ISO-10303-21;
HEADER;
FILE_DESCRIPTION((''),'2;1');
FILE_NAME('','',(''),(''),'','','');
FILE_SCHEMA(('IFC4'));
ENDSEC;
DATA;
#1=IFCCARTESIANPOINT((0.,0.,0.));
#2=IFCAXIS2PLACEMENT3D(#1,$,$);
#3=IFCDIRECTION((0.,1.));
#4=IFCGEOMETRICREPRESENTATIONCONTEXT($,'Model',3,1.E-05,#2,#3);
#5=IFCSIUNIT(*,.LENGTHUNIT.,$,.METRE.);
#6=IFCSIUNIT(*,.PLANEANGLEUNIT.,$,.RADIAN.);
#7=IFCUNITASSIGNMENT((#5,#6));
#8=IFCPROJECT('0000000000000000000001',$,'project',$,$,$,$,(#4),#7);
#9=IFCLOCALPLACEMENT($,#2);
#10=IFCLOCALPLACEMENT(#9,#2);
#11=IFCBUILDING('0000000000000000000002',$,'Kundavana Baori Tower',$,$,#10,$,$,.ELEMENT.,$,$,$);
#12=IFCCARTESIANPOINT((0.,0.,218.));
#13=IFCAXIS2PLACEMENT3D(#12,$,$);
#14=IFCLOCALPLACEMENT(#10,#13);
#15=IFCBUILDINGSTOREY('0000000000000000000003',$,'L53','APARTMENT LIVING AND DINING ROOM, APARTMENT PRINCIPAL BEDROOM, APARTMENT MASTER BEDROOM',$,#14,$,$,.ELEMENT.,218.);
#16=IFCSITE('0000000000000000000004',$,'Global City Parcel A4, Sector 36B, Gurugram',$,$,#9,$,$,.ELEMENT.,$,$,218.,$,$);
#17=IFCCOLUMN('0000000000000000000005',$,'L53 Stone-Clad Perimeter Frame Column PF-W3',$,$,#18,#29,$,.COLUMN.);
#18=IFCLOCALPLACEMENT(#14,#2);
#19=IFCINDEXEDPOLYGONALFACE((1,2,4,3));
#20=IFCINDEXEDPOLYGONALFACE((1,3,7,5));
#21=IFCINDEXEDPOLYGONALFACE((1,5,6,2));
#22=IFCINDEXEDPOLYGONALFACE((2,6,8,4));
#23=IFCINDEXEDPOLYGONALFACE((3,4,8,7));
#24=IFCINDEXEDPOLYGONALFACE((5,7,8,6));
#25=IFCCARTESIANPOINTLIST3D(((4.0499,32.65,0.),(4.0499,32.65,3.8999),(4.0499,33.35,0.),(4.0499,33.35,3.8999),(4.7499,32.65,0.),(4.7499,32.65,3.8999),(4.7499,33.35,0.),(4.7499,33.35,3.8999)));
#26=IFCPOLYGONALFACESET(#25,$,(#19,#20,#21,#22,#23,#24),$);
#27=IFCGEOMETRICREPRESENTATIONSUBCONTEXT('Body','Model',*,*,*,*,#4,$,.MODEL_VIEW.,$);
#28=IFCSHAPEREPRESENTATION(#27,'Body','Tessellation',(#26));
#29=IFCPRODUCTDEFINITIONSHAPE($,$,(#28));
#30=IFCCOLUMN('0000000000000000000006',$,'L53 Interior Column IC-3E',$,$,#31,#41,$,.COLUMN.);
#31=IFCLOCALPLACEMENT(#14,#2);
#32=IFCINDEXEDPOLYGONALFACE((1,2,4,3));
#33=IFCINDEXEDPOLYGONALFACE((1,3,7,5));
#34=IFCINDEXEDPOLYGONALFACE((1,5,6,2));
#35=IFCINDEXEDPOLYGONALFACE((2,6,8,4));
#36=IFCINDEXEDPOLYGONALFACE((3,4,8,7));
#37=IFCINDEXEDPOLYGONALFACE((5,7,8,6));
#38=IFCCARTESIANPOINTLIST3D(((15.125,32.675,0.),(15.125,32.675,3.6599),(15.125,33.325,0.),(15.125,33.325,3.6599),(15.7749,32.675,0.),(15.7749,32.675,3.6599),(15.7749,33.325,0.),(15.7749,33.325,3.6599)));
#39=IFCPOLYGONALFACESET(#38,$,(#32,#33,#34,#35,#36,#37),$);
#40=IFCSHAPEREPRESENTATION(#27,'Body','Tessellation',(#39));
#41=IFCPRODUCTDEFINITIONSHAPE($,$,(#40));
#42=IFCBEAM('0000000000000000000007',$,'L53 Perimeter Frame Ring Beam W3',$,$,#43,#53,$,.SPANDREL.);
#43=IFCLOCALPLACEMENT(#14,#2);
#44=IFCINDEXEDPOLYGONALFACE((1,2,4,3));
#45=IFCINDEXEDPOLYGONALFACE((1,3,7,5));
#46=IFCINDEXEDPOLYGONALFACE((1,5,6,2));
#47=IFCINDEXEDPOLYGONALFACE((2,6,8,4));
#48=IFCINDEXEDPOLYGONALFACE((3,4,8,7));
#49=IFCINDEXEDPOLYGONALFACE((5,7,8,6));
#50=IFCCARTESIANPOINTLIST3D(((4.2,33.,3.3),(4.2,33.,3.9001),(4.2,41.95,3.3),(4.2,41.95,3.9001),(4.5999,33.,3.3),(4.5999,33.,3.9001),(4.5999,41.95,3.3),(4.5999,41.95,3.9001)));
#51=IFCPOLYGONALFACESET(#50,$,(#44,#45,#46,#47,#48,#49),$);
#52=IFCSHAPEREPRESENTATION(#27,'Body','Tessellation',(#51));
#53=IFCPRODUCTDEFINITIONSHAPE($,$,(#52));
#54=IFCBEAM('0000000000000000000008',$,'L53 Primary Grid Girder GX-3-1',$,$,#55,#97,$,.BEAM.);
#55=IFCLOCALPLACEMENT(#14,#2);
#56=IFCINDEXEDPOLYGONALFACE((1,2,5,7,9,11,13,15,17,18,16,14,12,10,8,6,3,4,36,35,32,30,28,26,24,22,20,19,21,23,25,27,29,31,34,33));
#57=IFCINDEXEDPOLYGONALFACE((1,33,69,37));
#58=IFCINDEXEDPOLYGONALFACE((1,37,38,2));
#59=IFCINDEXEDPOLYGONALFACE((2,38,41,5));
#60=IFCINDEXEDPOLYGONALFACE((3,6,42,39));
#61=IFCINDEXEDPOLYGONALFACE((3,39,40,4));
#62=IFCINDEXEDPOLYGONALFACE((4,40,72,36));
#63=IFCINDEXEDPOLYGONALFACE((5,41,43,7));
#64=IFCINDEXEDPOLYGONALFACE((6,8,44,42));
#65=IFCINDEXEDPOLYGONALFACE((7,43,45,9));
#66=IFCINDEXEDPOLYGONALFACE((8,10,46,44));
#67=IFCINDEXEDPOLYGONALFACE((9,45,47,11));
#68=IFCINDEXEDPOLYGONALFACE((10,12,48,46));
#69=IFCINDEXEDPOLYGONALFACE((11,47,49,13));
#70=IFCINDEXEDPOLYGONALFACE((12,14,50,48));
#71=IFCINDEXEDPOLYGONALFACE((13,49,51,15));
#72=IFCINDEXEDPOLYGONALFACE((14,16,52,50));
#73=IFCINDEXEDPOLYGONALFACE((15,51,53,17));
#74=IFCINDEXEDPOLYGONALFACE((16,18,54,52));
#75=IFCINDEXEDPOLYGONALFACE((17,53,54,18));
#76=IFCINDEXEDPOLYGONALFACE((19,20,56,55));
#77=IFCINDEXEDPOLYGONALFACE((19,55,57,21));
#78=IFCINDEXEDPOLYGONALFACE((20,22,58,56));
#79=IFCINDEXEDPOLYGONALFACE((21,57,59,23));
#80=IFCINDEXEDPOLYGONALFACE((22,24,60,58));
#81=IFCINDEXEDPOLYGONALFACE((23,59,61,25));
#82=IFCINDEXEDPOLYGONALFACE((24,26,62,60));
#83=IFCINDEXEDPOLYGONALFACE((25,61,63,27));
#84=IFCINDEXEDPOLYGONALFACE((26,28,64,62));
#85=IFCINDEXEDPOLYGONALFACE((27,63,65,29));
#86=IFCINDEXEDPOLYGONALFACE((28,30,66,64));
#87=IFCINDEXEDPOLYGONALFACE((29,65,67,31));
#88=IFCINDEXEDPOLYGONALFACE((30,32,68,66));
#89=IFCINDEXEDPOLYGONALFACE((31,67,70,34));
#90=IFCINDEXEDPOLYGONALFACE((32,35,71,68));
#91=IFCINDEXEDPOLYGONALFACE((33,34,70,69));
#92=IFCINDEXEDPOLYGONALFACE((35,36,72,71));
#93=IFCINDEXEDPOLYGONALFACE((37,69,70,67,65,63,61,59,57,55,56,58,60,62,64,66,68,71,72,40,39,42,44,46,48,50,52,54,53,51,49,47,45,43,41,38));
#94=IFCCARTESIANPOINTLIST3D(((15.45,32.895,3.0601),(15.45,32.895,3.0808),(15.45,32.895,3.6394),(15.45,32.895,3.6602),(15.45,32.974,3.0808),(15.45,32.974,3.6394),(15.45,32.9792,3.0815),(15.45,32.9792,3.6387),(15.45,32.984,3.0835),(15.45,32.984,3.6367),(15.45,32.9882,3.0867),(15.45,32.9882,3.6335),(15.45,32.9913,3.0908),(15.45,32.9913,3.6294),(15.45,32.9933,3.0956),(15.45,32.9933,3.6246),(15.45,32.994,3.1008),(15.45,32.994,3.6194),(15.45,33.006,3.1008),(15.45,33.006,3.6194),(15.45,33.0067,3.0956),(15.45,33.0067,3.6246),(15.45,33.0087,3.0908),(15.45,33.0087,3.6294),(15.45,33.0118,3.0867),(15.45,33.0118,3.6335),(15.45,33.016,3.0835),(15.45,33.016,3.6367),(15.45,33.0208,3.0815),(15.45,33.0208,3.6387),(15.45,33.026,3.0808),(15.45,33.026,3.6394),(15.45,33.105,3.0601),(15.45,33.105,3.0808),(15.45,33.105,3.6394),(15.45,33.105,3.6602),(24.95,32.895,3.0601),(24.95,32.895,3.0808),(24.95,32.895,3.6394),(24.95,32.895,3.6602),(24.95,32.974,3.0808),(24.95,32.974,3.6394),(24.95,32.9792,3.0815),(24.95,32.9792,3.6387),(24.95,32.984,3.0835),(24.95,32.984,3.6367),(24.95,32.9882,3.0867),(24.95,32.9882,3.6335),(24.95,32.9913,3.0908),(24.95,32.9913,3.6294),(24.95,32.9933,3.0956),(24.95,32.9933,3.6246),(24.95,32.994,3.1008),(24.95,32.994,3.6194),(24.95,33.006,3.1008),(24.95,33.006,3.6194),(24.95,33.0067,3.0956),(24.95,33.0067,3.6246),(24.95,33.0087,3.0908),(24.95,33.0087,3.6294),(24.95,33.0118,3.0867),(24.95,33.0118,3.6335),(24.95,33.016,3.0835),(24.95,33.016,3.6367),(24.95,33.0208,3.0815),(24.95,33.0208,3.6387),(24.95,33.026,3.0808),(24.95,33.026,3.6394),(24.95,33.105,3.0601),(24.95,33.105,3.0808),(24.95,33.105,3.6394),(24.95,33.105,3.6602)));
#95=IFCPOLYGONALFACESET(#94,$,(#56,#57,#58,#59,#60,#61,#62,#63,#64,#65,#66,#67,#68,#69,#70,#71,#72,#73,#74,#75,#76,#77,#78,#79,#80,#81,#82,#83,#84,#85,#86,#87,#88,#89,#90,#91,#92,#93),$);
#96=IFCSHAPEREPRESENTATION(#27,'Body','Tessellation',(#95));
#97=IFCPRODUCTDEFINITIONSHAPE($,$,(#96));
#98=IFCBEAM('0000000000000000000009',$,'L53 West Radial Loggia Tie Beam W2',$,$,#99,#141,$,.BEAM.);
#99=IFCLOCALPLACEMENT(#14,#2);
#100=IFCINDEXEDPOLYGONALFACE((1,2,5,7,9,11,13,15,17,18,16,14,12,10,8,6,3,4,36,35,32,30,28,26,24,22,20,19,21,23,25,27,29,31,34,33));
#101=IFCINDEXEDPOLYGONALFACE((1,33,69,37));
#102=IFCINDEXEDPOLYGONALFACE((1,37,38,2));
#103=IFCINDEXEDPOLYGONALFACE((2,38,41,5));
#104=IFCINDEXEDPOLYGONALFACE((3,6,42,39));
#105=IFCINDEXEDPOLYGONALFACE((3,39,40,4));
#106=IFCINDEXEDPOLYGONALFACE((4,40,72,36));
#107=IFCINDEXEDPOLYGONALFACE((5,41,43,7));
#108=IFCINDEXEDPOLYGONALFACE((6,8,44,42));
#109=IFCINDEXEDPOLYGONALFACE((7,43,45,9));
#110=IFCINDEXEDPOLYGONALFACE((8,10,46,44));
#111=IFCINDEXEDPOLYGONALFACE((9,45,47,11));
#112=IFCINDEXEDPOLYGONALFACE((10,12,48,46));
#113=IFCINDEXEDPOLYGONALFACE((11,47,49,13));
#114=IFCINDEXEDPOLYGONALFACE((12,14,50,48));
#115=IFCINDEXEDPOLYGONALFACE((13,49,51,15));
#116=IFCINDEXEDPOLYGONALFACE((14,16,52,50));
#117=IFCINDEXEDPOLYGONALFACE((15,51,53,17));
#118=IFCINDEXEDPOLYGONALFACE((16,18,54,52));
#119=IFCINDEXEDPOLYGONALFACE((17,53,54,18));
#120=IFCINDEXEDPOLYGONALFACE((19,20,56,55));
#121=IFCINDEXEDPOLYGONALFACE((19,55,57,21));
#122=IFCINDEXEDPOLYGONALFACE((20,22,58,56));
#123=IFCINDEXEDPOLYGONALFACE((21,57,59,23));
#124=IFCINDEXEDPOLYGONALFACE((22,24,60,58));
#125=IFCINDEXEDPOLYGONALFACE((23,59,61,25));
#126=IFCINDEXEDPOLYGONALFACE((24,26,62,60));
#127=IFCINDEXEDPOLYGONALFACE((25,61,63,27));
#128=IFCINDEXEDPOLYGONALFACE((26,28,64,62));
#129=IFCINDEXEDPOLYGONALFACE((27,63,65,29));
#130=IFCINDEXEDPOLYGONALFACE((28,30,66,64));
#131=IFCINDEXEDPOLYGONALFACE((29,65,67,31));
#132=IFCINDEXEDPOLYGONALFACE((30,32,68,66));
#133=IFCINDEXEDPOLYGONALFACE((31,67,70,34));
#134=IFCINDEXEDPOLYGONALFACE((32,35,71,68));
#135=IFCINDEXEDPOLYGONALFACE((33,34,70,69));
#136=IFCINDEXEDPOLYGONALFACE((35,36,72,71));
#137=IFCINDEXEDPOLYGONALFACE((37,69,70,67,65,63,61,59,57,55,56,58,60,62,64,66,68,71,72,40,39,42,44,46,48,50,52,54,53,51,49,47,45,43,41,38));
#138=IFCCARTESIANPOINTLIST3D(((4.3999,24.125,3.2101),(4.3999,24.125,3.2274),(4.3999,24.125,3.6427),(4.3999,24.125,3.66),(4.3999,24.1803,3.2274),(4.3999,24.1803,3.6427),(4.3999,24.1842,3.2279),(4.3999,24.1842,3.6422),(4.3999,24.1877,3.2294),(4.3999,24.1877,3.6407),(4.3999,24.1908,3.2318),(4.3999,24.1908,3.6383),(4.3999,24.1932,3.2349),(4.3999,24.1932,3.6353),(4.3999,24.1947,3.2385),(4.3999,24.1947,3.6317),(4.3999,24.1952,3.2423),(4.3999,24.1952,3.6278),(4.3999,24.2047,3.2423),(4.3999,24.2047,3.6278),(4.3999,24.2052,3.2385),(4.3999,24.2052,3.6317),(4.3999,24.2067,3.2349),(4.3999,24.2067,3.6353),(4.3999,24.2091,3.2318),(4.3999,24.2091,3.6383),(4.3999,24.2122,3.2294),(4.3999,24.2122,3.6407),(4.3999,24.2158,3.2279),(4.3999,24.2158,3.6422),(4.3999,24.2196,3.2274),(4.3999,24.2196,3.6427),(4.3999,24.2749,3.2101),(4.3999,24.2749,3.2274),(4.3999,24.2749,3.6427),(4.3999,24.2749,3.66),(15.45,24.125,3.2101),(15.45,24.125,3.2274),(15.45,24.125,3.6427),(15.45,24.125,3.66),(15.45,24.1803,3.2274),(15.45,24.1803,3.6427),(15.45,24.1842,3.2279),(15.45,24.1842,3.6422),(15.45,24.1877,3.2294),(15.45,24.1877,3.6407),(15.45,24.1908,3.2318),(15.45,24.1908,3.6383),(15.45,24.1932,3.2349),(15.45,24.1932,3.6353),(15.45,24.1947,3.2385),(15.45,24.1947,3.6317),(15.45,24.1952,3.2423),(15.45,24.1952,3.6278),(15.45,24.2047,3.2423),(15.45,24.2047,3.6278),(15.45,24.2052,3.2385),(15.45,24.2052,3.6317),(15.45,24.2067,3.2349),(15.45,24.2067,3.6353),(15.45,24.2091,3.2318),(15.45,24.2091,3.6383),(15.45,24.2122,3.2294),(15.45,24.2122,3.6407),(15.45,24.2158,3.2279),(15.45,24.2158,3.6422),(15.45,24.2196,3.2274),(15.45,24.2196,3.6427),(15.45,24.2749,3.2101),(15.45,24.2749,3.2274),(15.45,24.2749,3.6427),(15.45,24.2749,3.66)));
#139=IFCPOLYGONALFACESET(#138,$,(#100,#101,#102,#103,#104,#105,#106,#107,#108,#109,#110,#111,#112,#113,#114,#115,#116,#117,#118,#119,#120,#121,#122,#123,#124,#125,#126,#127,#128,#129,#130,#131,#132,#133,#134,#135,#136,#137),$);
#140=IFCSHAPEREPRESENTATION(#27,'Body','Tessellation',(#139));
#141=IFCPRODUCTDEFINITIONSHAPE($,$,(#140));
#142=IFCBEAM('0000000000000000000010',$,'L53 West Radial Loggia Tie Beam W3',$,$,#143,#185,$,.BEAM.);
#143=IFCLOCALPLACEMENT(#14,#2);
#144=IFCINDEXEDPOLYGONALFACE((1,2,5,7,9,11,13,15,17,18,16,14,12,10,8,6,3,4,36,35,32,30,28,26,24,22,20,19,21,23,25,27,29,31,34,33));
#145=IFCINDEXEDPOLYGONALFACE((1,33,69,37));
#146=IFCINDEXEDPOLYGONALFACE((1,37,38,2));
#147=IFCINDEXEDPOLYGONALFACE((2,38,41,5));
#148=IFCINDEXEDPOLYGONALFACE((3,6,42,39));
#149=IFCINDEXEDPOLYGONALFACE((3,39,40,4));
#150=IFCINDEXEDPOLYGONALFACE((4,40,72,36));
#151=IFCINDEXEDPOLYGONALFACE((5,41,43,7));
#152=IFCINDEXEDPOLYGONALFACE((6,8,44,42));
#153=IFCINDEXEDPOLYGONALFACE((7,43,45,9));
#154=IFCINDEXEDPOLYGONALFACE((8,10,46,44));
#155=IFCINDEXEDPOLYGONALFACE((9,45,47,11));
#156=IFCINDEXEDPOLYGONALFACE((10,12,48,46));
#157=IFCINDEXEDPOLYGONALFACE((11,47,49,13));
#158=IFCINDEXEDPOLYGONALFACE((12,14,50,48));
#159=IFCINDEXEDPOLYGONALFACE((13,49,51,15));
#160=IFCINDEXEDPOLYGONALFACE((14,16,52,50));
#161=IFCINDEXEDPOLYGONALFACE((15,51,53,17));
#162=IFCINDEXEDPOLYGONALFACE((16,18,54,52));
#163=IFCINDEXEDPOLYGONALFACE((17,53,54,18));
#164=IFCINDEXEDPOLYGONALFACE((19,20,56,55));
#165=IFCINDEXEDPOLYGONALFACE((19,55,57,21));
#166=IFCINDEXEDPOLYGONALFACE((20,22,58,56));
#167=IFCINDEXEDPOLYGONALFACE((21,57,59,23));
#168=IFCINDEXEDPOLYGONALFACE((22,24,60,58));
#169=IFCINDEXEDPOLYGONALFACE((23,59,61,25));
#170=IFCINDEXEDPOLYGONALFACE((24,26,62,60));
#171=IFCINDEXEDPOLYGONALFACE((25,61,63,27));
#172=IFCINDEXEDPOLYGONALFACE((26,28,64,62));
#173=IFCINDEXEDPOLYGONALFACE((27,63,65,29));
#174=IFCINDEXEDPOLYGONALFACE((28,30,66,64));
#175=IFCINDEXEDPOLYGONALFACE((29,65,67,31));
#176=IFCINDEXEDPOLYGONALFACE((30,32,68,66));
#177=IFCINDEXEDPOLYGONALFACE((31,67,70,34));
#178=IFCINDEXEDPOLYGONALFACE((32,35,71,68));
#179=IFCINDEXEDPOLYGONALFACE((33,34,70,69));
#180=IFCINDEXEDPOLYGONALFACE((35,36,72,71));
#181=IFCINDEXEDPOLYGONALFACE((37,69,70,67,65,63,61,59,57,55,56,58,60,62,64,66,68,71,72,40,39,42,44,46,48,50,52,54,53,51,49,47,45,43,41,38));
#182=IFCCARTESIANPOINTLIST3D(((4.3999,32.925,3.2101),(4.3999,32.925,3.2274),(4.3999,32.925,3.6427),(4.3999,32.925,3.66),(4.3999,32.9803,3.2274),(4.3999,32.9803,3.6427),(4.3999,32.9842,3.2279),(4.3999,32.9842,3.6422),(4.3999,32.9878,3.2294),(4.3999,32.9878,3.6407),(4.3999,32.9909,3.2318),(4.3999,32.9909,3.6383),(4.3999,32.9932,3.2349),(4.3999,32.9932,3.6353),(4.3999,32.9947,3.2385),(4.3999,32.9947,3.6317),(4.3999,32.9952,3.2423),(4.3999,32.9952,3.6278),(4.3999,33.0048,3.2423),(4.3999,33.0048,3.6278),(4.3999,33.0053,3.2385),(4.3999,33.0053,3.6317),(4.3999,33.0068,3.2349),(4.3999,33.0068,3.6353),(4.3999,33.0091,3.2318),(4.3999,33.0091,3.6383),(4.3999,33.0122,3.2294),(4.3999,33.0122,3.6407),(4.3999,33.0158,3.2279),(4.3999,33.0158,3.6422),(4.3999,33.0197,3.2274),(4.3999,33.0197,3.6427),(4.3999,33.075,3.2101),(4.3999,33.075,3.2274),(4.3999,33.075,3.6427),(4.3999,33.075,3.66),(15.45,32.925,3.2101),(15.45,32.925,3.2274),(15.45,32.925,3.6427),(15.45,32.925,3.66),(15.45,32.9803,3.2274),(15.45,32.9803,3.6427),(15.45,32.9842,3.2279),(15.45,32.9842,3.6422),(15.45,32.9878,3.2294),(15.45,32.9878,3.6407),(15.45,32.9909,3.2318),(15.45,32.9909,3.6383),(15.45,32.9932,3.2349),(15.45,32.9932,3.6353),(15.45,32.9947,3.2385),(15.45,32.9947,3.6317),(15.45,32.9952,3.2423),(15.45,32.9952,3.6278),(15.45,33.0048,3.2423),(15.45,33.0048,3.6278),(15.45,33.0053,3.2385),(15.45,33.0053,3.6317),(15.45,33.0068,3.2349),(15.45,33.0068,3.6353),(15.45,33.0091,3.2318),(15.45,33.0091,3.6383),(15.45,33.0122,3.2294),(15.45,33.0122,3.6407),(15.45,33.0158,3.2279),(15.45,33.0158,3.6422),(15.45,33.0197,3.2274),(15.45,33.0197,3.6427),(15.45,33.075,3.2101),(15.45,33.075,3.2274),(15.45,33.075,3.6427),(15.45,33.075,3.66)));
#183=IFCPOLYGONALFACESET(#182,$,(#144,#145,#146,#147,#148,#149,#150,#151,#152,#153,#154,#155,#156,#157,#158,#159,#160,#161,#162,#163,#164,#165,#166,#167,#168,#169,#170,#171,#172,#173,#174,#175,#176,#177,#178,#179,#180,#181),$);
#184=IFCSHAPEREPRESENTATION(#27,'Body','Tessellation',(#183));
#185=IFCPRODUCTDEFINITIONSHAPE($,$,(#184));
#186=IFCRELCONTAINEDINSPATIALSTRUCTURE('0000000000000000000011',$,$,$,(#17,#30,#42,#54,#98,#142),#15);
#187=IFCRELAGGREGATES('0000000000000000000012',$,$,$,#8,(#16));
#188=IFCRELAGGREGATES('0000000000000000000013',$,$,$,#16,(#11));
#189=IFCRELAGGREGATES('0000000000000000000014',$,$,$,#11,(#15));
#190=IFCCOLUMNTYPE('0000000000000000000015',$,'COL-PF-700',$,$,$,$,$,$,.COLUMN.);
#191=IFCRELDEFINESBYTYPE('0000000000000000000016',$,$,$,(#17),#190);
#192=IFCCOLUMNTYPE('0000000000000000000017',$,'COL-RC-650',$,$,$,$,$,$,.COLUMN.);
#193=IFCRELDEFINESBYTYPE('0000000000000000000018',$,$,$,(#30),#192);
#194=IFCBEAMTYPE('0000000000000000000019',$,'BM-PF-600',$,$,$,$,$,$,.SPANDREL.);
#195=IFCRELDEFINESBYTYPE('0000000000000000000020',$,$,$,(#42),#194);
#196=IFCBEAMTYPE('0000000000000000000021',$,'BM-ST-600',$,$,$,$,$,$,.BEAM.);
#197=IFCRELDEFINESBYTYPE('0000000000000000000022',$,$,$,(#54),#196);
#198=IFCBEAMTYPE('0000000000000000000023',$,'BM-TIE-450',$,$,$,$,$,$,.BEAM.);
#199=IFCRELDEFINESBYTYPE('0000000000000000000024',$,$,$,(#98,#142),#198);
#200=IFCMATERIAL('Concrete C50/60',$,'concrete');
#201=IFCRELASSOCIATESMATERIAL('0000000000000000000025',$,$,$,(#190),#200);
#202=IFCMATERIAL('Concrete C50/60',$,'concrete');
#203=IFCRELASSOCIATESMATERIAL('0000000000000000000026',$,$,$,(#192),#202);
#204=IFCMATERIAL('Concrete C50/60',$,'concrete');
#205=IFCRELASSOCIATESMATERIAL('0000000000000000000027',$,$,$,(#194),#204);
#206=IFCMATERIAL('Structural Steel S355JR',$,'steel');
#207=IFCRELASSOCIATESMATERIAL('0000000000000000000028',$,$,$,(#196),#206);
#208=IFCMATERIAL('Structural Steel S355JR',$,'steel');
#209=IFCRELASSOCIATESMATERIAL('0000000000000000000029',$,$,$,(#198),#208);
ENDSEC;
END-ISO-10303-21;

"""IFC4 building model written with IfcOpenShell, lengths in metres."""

from ifc_helpers import new_model, si_unit, direction, frame, origin, origin_2d, place, context, subcontext, project, spatial, rectangle, i_section, extrude, material, material_profile, profile_set, type_object, element, save


model = new_model("IFC4")

# Units and contexts
model_context = context("Model", 3, precision=1e-05, world=origin(), true_north=direction((0.0, 1.0)))
body_context = subcontext(model_context, "Body", "Model", "MODEL_VIEW")
ifc_project = project(units=[si_unit("LENGTHUNIT", "METRE"), si_unit("PLANEANGLEUNIT", "RADIAN")], contexts=[model_context])

# Site, building, storey
site_placement = place(None, origin())
site = spatial("IfcSite", under=ifc_project, at=site_placement, Name="Global City Parcel A4, Sector 36B, Gurugram", CompositionType="ELEMENT", RefElevation=218.0)
building_placement = place(site_placement, origin())
building = spatial("IfcBuilding", under=site, at=building_placement, Name="Kundavana Baori Tower", CompositionType="ELEMENT")
storey_placement = place(building_placement, frame((0.0, 0.0, 218.0)))
storey = spatial("IfcBuildingStorey", under=building, at=storey_placement, Name="L53", Description="APARTMENT LIVING AND DINING ROOM, APARTMENT PRINCIPAL BEDROOM, APARTMENT MASTER BEDROOM", CompositionType="ELEMENT", Elevation=218.0)

# Columns
ifc_material_1 = material(Name="Concrete C50/60", Category="concrete")
ifc_material_profile_1 = material_profile(ifc_material_1, rectangle(XDim=0.7, YDim=0.7, at=origin_2d()), Name="RC PF 700x700")
ifc_profile_set_1 = profile_set([ifc_material_profile_1], Name="Concrete C50/60")
column_type_1 = type_object("IfcColumnType", Name="COL-PF-700", PredefinedType="COLUMN", material=ifc_profile_set_1)
column_1_placement = place(storey_placement, frame((4.3999, 33.0, 0.0), z_axis=(0.0, 0.0, 1.0), x_axis=(1.0, 0.0, 0.0)))
element("IfcColumn", 1, at=column_1_placement, inside=storey, type_object=column_type_1, Name="L53 Stone-Clad Perimeter Frame Column PF-W3", PredefinedType="COLUMN", context=body_context, shape_type="SweptSolid", body=[
    extrude(rectangle(XDim=0.7, YDim=0.7, at=origin_2d()), origin(), (0.0, 0.0, 1.0), 3.8999),
])
ifc_material_2 = material(Name="Concrete C50/60", Category="concrete")
ifc_material_profile_2 = material_profile(ifc_material_2, rectangle(XDim=0.6499, YDim=0.6499, at=origin_2d()), Name="RC 650x650")
ifc_profile_set_2 = profile_set([ifc_material_profile_2], Name="Concrete C50/60")
column_type_2 = type_object("IfcColumnType", Name="COL-RC-650", PredefinedType="COLUMN", material=ifc_profile_set_2)
column_2_placement = place(storey_placement, frame((15.45, 33.0, 0.0), z_axis=(0.0, 0.0, 1.0), x_axis=(1.0, 0.0, 0.0)))
element("IfcColumn", 2, at=column_2_placement, inside=storey, type_object=column_type_2, Name="L53 Interior Column IC-3E", PredefinedType="COLUMN", context=body_context, shape_type="SweptSolid", body=[
    extrude(rectangle(XDim=0.6499, YDim=0.6499, at=origin_2d()), origin(), (0.0, 0.0, 1.0), 3.6599),
])

# Beams
ifc_material_3 = material(Name="Concrete C50/60", Category="concrete")
ifc_material_profile_3 = material_profile(ifc_material_3, rectangle(XDim=0.3999, YDim=0.6001, at=origin_2d()), Name="RC BM 400x600")
ifc_profile_set_3 = profile_set([ifc_material_profile_3], Name="Concrete C50/60")
beam_type_1 = type_object("IfcBeamType", Name="BM-PF-600", PredefinedType="SPANDREL", material=ifc_profile_set_3)
beam_1_placement = place(storey_placement, frame((4.3999, 33.0, 3.6001), z_axis=(0.0, 1.0, 0.0), x_axis=(-1.0, 0.0, 0.0)))
element("IfcBeam", 3, at=beam_1_placement, inside=storey, type_object=beam_type_1, Name="L53 Perimeter Frame Ring Beam W3", PredefinedType="SPANDREL", context=body_context, shape_type="SweptSolid", body=[
    extrude(rectangle(XDim=0.3999, YDim=0.6001, at=origin_2d()), origin(), (0.0, 0.0, 1.0), 8.95),
])
ifc_material_4 = material(Name="Structural Steel S355JR", Category="steel")
ifc_material_profile_4 = material_profile(ifc_material_4, i_section(OverallWidth=0.21, OverallDepth=0.6001, WebThickness=0.012, FlangeThickness=0.0208, FilletRadius=0.02, at=origin_2d()), Name="ISMB 600")
ifc_profile_set_4 = profile_set([ifc_material_profile_4], Name="Structural Steel S355JR")
beam_type_2 = type_object("IfcBeamType", Name="BM-ST-600", PredefinedType="BEAM", material=ifc_profile_set_4)
beam_2_placement = place(storey_placement, frame((15.45, 33.0, 3.3601), z_axis=(1.0, 0.0, 0.0), x_axis=(0.0, 1.0, 0.0)))
element("IfcBeam", 4, at=beam_2_placement, inside=storey, type_object=beam_type_2, Name="L53 Primary Grid Girder GX-3-1", PredefinedType="BEAM", context=body_context, shape_type="SweptSolid", body=[
    extrude(i_section(OverallWidth=0.21, OverallDepth=0.6001, WebThickness=0.012, FlangeThickness=0.0208, FilletRadius=0.02, at=origin_2d()), origin(), (0.0, 0.0, 1.0), 9.5),
])
ifc_material_5 = material(Name="Structural Steel S355JR", Category="steel")
ifc_material_profile_5 = material_profile(ifc_material_5, i_section(OverallWidth=0.1499, OverallDepth=0.45, WebThickness=0.0095, FlangeThickness=0.0173, FilletRadius=0.0149, at=origin_2d()), Name="ISMB 450")
ifc_profile_set_5 = profile_set([ifc_material_profile_5], Name="Structural Steel S355JR")
beam_type_3 = type_object("IfcBeamType", Name="BM-TIE-450", PredefinedType="BEAM", material=ifc_profile_set_5)
for number, where, z_axis, x_axis, name in (
    (5, (15.45, 24.2, 3.4351), (-1.0, 0.0, 0.0), (0.0, -1.0, 0.0), "L53 West Radial Loggia Tie Beam W2"),
    (6, (15.45, 33.0, 3.4351), (-1.0, 0.0, 0.0), (0.0, -1.0, 0.0), "L53 West Radial Loggia Tie Beam W3"),
):
    element("IfcBeam", number, at=place(storey_placement, frame(where, z_axis=z_axis, x_axis=x_axis)), inside=storey, type_object=beam_type_3, Name=name, PredefinedType="BEAM", context=body_context, shape_type="SweptSolid", body=[
        extrude(i_section(OverallWidth=0.1499, OverallDepth=0.45, WebThickness=0.0095, FlangeThickness=0.0173, FilletRadius=0.0149, at=origin_2d()), origin(), (0.0, 0.0, 1.0), 11.05),
    ])

save(model, "model.ifc")
